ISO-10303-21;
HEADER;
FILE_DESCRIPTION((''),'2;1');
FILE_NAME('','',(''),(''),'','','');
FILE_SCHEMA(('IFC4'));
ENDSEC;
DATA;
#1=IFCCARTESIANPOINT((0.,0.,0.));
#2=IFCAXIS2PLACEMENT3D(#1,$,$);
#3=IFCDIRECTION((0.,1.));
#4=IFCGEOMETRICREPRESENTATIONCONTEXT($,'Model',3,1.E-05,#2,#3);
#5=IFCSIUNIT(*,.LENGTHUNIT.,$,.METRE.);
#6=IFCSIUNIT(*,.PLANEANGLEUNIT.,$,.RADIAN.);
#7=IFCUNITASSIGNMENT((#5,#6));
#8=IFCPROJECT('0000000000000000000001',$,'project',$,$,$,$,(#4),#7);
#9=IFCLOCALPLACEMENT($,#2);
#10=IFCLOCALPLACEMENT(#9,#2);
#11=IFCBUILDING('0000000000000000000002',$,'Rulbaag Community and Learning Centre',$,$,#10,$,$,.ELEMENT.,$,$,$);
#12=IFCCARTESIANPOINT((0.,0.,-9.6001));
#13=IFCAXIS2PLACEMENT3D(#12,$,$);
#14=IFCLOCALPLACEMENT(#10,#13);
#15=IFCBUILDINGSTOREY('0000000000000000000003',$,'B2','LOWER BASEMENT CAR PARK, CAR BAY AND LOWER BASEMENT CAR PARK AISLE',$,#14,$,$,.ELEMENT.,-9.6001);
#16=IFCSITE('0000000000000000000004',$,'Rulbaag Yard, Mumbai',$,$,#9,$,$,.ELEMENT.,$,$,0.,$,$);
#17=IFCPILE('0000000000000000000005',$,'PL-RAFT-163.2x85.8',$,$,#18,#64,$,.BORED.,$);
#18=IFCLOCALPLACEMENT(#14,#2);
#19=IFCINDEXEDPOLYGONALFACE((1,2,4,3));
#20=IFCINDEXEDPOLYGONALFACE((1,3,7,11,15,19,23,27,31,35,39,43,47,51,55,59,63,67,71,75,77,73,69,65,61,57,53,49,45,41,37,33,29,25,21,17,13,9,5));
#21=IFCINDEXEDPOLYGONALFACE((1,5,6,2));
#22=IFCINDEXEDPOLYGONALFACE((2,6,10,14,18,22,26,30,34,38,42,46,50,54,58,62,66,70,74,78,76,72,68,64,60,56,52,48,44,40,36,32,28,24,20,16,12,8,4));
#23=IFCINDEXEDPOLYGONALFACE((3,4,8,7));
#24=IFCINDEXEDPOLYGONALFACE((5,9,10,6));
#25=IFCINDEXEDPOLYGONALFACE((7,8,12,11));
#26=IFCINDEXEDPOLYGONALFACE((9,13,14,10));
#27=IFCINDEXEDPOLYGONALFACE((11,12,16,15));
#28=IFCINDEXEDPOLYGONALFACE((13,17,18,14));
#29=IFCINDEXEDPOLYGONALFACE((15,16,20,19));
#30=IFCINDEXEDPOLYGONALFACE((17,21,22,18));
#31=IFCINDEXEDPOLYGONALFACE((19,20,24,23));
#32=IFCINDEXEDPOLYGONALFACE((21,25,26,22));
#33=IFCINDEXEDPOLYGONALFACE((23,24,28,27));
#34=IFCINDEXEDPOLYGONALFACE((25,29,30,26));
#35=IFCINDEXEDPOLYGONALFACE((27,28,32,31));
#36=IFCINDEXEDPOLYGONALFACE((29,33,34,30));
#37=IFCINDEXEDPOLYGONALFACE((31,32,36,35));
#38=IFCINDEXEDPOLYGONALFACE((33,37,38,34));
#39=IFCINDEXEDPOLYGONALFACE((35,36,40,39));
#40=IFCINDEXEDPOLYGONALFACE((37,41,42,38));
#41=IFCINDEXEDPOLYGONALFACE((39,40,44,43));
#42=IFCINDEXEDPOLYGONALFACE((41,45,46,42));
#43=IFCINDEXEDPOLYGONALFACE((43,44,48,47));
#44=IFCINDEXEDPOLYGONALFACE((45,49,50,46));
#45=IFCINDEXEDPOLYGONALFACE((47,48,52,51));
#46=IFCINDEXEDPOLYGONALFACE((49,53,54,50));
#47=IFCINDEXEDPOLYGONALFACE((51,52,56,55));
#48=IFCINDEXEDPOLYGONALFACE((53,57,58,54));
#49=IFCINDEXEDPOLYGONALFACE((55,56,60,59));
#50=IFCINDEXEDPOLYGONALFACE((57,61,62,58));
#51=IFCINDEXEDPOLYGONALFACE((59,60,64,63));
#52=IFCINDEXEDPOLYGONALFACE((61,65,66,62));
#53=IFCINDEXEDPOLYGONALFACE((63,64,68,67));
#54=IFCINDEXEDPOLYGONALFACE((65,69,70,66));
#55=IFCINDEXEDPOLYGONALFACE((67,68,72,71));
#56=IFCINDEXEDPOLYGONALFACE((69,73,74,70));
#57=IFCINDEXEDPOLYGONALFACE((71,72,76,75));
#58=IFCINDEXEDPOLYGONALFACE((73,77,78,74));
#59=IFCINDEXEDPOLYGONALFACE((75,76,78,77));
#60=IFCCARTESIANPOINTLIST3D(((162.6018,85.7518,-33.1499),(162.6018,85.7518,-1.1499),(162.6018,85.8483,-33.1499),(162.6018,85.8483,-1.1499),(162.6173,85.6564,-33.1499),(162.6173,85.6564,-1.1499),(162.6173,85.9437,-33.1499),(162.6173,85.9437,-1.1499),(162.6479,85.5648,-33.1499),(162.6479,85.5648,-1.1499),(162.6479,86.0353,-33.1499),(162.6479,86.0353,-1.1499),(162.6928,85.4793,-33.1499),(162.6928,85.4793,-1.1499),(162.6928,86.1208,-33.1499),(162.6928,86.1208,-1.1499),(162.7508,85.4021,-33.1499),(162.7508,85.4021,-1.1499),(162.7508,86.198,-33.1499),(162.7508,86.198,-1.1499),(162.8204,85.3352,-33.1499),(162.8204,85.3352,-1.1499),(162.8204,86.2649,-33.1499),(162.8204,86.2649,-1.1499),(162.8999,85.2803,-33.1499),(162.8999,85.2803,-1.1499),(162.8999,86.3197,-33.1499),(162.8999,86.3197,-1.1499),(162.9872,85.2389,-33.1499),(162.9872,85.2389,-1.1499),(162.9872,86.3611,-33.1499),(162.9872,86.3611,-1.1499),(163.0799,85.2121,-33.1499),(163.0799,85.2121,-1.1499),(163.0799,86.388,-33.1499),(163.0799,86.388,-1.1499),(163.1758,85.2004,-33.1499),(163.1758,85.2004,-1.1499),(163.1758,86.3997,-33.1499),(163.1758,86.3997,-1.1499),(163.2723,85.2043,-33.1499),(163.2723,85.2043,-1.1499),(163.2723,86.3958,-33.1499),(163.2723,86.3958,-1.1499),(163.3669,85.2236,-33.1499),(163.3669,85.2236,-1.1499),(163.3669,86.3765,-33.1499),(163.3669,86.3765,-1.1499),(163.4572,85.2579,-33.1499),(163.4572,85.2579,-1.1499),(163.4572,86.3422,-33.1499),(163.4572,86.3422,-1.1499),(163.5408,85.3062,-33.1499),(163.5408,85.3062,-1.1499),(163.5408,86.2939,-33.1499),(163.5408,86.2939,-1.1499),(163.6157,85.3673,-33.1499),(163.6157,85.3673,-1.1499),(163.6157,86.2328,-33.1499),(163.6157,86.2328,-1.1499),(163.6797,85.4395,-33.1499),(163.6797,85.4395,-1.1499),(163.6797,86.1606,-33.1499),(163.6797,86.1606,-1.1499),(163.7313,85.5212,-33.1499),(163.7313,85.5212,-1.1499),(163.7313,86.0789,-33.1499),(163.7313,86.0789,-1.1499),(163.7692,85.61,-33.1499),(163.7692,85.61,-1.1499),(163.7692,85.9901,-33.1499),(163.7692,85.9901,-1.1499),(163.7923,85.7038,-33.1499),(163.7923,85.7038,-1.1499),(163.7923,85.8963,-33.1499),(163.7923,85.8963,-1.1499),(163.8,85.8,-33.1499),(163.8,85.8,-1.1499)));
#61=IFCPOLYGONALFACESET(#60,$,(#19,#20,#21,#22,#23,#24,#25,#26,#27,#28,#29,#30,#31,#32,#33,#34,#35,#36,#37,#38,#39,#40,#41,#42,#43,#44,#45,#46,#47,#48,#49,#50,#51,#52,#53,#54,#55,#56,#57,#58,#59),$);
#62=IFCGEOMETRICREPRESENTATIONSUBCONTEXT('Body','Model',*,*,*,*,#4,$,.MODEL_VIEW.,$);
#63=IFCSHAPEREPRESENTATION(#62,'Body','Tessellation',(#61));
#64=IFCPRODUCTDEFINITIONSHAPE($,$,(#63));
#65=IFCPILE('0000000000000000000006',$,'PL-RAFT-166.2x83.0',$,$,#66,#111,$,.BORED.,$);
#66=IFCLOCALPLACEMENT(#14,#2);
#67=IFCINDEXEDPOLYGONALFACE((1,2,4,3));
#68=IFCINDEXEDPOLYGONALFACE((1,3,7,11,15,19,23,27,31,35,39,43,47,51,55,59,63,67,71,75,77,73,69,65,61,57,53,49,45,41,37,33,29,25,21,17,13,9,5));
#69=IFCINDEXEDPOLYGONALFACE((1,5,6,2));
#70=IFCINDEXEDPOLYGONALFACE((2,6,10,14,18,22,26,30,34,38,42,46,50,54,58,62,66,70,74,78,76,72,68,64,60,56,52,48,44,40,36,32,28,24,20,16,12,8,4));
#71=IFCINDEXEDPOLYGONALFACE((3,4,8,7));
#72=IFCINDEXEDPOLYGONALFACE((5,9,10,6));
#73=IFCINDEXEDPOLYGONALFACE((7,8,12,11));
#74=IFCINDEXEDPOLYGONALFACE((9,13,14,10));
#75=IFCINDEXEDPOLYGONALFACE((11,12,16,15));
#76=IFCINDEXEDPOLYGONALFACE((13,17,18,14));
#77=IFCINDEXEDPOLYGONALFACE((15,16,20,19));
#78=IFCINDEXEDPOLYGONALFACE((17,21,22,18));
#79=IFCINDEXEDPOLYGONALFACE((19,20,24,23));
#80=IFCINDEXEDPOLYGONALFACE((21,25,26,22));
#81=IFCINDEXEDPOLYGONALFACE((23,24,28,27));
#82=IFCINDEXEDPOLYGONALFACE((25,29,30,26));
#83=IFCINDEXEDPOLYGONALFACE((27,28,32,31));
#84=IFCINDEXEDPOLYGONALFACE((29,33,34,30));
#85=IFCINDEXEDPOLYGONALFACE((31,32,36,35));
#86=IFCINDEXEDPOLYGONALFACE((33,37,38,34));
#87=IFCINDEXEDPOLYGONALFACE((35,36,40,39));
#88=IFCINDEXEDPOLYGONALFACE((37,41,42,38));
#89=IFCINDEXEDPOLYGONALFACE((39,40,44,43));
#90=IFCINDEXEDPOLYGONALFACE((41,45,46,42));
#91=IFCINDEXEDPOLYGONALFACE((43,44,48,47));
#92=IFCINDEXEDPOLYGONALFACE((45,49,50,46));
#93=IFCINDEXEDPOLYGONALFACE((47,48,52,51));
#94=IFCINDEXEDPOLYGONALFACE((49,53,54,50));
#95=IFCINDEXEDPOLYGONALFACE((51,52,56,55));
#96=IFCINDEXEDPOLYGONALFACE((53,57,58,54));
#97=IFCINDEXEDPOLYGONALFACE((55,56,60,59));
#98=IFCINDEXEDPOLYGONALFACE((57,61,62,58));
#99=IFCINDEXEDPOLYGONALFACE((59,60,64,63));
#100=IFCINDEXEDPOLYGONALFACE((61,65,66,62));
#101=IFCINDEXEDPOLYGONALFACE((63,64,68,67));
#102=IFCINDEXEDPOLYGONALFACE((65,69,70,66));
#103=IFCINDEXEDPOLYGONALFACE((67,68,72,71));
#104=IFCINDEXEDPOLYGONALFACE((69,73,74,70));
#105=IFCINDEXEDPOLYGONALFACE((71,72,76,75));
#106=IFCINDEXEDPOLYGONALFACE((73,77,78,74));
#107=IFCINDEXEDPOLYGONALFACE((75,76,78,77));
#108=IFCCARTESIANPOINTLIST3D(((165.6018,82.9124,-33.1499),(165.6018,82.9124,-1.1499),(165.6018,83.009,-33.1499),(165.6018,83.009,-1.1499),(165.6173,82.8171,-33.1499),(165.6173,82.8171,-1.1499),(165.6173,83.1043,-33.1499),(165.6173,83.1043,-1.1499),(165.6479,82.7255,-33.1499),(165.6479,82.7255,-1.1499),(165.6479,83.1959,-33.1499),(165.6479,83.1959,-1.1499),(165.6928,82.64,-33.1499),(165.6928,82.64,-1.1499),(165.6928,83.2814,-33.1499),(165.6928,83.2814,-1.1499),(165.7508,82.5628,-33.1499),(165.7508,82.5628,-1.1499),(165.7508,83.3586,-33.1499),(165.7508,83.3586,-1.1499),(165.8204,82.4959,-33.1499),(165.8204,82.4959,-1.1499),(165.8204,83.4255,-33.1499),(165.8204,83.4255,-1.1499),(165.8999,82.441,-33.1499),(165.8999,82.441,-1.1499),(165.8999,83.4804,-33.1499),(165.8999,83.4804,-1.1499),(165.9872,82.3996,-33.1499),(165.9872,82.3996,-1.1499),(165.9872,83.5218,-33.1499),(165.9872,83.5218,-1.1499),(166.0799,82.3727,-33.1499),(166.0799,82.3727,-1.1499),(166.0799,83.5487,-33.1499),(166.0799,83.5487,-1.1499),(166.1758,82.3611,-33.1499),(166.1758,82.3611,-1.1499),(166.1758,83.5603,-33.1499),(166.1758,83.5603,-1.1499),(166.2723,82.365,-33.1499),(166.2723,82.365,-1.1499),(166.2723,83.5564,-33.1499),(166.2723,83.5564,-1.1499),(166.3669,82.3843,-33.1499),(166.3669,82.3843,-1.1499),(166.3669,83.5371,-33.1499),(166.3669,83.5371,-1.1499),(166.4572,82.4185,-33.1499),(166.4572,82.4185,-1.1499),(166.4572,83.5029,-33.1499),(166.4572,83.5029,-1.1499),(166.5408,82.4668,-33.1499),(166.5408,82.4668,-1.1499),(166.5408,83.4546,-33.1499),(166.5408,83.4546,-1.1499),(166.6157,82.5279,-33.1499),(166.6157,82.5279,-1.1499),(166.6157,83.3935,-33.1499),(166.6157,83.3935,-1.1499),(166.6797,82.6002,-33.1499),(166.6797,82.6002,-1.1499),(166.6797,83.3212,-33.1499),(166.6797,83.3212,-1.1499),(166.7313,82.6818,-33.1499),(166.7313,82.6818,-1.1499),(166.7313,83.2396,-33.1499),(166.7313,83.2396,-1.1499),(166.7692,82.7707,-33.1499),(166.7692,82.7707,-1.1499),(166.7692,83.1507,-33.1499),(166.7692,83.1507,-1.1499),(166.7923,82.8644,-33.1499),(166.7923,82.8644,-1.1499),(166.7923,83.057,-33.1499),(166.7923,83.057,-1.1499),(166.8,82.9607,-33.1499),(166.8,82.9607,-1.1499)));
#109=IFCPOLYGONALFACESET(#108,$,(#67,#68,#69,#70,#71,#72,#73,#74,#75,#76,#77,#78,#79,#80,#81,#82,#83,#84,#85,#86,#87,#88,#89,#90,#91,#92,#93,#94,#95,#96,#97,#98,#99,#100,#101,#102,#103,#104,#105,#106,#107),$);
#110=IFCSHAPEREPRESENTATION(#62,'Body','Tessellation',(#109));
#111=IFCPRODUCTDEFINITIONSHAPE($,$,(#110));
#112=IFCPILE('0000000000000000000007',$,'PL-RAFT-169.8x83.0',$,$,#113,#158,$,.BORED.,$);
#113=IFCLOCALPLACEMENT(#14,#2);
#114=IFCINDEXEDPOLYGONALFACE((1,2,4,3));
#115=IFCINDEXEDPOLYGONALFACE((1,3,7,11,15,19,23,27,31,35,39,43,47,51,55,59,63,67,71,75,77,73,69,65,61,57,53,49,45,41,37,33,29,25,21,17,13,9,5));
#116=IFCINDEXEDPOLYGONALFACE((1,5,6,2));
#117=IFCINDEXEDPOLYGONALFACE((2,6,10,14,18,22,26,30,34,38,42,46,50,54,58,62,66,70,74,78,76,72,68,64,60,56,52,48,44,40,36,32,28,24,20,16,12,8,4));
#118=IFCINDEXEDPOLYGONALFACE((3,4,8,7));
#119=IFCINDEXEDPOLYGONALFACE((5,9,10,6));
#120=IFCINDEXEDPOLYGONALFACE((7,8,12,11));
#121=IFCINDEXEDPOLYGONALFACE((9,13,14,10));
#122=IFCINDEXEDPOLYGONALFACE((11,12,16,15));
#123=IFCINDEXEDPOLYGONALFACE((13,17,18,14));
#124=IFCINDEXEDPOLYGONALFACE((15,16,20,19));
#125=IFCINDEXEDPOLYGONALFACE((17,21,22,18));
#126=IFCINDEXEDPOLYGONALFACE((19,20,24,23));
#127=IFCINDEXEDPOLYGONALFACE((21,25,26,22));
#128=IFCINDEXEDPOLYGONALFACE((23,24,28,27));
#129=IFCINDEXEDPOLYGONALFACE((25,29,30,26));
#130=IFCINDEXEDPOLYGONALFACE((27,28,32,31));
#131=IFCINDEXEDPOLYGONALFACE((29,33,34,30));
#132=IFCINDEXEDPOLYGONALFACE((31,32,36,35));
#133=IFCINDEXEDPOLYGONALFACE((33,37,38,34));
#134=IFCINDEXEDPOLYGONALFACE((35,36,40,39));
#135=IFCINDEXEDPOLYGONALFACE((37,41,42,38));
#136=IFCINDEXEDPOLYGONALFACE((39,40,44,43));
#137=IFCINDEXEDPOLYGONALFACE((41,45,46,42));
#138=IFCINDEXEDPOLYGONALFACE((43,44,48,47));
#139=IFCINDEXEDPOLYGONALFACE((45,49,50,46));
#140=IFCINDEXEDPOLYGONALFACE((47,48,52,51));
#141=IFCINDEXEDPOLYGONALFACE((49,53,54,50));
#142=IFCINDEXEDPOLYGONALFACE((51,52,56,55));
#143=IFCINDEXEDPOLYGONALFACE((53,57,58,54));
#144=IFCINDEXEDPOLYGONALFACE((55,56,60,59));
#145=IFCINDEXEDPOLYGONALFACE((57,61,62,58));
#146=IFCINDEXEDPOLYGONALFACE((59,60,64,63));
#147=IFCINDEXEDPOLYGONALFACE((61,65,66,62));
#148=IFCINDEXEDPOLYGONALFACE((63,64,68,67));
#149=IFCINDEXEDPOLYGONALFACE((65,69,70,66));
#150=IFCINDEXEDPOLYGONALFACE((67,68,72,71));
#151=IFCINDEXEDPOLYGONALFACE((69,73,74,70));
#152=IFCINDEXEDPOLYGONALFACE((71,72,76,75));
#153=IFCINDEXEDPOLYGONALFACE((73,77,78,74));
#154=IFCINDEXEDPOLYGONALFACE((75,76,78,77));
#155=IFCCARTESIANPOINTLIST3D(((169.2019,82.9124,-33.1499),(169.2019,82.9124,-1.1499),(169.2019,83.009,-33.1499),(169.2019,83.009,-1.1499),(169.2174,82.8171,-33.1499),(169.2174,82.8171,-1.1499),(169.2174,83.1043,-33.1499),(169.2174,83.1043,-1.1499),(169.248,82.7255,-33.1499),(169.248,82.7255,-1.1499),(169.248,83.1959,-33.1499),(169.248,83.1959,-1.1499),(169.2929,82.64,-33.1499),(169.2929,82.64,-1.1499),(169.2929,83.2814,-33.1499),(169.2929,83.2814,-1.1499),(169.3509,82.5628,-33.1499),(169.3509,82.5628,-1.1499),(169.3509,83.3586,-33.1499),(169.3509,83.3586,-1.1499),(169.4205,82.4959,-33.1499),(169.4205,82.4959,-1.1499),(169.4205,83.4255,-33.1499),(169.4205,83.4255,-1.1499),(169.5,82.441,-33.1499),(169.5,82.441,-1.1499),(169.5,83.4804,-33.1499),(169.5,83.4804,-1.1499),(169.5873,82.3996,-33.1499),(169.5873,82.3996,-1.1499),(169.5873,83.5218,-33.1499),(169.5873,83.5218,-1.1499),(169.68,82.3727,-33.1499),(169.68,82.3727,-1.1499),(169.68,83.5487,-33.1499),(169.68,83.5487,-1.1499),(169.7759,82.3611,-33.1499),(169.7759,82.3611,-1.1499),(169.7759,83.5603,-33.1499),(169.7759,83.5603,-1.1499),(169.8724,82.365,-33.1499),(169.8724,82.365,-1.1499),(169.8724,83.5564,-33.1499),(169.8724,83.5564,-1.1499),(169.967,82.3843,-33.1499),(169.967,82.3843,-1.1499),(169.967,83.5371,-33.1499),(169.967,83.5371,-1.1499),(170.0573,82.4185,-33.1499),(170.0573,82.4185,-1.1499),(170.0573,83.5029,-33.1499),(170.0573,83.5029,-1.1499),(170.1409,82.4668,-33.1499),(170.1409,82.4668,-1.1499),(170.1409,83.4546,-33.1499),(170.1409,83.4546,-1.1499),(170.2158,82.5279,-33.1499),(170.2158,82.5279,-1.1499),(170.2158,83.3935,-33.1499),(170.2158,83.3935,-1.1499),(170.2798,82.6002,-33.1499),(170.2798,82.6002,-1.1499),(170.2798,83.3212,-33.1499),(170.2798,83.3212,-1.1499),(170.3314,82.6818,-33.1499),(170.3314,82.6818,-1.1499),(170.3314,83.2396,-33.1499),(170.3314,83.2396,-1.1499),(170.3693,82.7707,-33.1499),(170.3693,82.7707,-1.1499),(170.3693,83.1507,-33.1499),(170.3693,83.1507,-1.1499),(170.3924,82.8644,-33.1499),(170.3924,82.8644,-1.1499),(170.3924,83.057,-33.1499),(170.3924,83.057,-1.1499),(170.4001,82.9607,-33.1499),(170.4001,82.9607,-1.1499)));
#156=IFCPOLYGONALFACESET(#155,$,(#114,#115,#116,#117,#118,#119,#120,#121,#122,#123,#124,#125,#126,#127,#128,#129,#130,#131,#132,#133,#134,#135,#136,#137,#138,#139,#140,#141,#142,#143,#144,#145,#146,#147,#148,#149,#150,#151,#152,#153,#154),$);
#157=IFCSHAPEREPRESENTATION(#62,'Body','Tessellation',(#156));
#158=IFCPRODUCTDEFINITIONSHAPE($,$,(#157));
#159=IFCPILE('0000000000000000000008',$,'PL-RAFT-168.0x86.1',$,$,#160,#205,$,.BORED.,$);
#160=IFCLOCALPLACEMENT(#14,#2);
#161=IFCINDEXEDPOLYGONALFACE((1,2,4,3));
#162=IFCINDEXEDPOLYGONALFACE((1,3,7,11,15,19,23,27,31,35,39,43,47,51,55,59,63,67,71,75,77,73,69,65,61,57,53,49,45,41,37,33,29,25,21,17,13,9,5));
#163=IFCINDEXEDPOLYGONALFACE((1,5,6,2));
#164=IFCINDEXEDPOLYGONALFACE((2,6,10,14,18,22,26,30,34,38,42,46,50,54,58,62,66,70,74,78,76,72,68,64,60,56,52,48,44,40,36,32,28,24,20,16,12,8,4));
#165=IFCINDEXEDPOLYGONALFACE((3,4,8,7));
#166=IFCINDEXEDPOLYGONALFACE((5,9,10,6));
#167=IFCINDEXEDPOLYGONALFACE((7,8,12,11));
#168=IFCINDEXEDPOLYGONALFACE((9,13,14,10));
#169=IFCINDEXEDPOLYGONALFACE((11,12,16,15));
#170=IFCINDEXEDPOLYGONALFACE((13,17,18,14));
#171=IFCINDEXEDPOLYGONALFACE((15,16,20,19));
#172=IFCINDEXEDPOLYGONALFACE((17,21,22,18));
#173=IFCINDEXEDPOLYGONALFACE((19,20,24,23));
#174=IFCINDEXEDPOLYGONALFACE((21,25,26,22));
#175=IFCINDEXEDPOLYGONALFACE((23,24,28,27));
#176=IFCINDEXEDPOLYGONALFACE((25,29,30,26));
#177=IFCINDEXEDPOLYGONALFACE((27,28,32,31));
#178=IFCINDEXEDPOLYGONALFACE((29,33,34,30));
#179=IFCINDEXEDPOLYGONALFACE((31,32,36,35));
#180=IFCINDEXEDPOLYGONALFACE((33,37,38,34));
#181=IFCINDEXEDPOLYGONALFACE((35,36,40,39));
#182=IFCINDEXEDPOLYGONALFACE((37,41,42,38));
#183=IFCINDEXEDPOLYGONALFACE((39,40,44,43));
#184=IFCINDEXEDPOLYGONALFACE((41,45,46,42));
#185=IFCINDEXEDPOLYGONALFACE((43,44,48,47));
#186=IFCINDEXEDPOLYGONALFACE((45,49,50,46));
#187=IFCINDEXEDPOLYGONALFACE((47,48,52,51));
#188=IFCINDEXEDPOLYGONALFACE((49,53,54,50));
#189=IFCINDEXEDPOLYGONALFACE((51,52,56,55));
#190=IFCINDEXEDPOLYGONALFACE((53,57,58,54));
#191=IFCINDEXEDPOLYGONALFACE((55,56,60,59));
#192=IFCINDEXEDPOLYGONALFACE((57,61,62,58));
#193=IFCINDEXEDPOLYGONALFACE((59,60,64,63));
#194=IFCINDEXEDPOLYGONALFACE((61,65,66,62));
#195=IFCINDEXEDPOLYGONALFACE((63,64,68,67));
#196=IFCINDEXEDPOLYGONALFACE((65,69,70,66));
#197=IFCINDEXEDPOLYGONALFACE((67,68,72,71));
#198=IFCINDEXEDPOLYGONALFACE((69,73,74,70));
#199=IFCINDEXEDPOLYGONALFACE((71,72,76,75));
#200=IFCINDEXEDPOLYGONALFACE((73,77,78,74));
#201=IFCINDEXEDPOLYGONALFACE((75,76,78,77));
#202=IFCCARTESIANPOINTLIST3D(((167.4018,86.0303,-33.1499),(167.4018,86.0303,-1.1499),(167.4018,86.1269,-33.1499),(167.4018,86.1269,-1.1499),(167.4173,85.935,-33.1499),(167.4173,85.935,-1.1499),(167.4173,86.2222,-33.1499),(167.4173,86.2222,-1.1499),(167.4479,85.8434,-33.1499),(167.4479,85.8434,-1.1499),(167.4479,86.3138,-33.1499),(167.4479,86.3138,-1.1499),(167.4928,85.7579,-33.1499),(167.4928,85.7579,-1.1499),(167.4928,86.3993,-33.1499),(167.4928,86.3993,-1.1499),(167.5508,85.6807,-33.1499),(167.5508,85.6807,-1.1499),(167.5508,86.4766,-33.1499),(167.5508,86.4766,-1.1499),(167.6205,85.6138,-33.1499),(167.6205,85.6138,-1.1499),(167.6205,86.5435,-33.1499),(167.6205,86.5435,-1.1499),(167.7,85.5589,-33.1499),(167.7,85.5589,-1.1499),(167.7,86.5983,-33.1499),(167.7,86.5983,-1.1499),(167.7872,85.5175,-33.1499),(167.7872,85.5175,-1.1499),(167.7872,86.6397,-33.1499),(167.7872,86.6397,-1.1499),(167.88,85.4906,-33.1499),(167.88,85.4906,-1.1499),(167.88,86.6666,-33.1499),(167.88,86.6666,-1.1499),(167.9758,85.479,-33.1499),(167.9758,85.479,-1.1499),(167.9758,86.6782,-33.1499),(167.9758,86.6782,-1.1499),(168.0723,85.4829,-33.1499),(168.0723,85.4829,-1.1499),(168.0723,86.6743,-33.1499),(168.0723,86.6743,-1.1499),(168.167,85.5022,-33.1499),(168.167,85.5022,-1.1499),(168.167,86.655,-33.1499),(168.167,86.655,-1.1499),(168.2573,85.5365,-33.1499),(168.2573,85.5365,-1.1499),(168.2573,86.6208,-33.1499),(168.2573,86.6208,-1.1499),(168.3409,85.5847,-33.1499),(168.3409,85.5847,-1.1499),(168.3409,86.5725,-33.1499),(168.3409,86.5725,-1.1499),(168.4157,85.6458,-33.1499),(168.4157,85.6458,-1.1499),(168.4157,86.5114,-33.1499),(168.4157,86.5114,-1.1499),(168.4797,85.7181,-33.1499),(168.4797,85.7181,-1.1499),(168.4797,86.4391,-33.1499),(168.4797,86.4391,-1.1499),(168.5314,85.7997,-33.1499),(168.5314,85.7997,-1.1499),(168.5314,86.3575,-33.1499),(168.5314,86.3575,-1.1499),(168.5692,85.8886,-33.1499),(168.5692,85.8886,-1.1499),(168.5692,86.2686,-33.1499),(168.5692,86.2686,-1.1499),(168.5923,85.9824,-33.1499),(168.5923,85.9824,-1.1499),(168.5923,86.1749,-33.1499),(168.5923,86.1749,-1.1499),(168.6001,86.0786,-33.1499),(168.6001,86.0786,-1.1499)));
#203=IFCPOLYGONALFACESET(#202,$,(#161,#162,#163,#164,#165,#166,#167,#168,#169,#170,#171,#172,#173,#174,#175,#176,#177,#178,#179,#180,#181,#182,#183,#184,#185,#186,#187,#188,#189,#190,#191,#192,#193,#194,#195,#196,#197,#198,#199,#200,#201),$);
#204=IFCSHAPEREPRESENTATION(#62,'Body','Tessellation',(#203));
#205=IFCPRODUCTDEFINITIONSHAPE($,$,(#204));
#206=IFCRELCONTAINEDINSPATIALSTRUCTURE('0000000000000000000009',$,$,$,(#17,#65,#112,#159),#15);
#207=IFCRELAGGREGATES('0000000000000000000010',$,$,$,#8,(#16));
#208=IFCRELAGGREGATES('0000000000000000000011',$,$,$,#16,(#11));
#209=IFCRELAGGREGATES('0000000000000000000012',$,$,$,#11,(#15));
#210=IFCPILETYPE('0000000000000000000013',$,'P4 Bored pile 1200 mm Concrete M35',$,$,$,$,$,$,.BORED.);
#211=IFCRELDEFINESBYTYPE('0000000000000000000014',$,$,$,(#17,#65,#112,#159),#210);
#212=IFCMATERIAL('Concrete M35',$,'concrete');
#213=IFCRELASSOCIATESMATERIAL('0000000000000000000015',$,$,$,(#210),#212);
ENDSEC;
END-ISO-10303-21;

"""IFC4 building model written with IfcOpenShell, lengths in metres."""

from ifc_helpers import new_model, si_unit, direction, frame, origin, origin_2d, place, context, subcontext, project, spatial, circle, extrude, material, material_profile, profile_set, type_object, element, save


model = new_model("IFC4")

# Units and contexts
model_context = context("Model", 3, precision=1e-05, world=origin(), true_north=direction((0.0, 1.0)))
body_context = subcontext(model_context, "Body", "Model", "MODEL_VIEW")
ifc_project = project(units=[si_unit("LENGTHUNIT", "METRE"), si_unit("PLANEANGLEUNIT", "RADIAN")], contexts=[model_context])

# Site, building, storey
site_placement = place(None, origin())
site = spatial("IfcSite", under=ifc_project, at=site_placement, Name="Rulbaag Yard, Mumbai", CompositionType="ELEMENT", RefElevation=0.0)
building_placement = place(site_placement, origin())
building = spatial("IfcBuilding", under=site, at=building_placement, Name="Rulbaag Community and Learning Centre", CompositionType="ELEMENT")
storey_placement = place(building_placement, frame((0.0, 0.0, -9.6001)))
storey = spatial("IfcBuildingStorey", under=building, at=storey_placement, Name="B2", Description="LOWER BASEMENT CAR PARK, CAR BAY AND LOWER BASEMENT CAR PARK AISLE", CompositionType="ELEMENT", Elevation=-9.6001)

# Piles
ifc_material_1 = material(Name="Concrete M35", Category="concrete")
ifc_material_profile_1 = material_profile(ifc_material_1, circle(Radius=0.6001, at=origin_2d()), Name="BP1200")
ifc_profile_set_1 = profile_set([ifc_material_profile_1], Name="Concrete M35")
pile_type_1 = type_object("IfcPileType", Name="P4 Bored pile 1200 mm Concrete M35", PredefinedType="BORED", material=ifc_profile_set_1)
for number, where, z_axis, x_axis, name in (
    (1, (163.2, 85.8, -1.1499), (0.0, 0.0, -1.0), (1.0, 0.0, 0.0), "PL-RAFT-163.2x85.8"),
    (2, (166.2, 82.9607, -1.1499), (0.0, 0.0, -1.0), (1.0, 0.0, 0.0), "PL-RAFT-166.2x83.0"),
    (3, (169.8, 82.9607, -1.1499), (0.0, 0.0, -1.0), (1.0, 0.0, 0.0), "PL-RAFT-169.8x83.0"),
    (4, (168.0, 86.0786, -1.1499), (0.0, 0.0, -1.0), (1.0, 0.0, 0.0), "PL-RAFT-168.0x86.1"),
):
    element("IfcPile", number, at=place(storey_placement, frame(where, z_axis=z_axis, x_axis=x_axis)), inside=storey, type_object=pile_type_1, Name=name, PredefinedType="BORED", context=body_context, shape_type="SweptSolid", body=[
        extrude(circle(Radius=0.6001, at=origin_2d()), origin(), (0.0, 0.0, 1.0), 32.0),
    ])

save(model, "model.ifc")
